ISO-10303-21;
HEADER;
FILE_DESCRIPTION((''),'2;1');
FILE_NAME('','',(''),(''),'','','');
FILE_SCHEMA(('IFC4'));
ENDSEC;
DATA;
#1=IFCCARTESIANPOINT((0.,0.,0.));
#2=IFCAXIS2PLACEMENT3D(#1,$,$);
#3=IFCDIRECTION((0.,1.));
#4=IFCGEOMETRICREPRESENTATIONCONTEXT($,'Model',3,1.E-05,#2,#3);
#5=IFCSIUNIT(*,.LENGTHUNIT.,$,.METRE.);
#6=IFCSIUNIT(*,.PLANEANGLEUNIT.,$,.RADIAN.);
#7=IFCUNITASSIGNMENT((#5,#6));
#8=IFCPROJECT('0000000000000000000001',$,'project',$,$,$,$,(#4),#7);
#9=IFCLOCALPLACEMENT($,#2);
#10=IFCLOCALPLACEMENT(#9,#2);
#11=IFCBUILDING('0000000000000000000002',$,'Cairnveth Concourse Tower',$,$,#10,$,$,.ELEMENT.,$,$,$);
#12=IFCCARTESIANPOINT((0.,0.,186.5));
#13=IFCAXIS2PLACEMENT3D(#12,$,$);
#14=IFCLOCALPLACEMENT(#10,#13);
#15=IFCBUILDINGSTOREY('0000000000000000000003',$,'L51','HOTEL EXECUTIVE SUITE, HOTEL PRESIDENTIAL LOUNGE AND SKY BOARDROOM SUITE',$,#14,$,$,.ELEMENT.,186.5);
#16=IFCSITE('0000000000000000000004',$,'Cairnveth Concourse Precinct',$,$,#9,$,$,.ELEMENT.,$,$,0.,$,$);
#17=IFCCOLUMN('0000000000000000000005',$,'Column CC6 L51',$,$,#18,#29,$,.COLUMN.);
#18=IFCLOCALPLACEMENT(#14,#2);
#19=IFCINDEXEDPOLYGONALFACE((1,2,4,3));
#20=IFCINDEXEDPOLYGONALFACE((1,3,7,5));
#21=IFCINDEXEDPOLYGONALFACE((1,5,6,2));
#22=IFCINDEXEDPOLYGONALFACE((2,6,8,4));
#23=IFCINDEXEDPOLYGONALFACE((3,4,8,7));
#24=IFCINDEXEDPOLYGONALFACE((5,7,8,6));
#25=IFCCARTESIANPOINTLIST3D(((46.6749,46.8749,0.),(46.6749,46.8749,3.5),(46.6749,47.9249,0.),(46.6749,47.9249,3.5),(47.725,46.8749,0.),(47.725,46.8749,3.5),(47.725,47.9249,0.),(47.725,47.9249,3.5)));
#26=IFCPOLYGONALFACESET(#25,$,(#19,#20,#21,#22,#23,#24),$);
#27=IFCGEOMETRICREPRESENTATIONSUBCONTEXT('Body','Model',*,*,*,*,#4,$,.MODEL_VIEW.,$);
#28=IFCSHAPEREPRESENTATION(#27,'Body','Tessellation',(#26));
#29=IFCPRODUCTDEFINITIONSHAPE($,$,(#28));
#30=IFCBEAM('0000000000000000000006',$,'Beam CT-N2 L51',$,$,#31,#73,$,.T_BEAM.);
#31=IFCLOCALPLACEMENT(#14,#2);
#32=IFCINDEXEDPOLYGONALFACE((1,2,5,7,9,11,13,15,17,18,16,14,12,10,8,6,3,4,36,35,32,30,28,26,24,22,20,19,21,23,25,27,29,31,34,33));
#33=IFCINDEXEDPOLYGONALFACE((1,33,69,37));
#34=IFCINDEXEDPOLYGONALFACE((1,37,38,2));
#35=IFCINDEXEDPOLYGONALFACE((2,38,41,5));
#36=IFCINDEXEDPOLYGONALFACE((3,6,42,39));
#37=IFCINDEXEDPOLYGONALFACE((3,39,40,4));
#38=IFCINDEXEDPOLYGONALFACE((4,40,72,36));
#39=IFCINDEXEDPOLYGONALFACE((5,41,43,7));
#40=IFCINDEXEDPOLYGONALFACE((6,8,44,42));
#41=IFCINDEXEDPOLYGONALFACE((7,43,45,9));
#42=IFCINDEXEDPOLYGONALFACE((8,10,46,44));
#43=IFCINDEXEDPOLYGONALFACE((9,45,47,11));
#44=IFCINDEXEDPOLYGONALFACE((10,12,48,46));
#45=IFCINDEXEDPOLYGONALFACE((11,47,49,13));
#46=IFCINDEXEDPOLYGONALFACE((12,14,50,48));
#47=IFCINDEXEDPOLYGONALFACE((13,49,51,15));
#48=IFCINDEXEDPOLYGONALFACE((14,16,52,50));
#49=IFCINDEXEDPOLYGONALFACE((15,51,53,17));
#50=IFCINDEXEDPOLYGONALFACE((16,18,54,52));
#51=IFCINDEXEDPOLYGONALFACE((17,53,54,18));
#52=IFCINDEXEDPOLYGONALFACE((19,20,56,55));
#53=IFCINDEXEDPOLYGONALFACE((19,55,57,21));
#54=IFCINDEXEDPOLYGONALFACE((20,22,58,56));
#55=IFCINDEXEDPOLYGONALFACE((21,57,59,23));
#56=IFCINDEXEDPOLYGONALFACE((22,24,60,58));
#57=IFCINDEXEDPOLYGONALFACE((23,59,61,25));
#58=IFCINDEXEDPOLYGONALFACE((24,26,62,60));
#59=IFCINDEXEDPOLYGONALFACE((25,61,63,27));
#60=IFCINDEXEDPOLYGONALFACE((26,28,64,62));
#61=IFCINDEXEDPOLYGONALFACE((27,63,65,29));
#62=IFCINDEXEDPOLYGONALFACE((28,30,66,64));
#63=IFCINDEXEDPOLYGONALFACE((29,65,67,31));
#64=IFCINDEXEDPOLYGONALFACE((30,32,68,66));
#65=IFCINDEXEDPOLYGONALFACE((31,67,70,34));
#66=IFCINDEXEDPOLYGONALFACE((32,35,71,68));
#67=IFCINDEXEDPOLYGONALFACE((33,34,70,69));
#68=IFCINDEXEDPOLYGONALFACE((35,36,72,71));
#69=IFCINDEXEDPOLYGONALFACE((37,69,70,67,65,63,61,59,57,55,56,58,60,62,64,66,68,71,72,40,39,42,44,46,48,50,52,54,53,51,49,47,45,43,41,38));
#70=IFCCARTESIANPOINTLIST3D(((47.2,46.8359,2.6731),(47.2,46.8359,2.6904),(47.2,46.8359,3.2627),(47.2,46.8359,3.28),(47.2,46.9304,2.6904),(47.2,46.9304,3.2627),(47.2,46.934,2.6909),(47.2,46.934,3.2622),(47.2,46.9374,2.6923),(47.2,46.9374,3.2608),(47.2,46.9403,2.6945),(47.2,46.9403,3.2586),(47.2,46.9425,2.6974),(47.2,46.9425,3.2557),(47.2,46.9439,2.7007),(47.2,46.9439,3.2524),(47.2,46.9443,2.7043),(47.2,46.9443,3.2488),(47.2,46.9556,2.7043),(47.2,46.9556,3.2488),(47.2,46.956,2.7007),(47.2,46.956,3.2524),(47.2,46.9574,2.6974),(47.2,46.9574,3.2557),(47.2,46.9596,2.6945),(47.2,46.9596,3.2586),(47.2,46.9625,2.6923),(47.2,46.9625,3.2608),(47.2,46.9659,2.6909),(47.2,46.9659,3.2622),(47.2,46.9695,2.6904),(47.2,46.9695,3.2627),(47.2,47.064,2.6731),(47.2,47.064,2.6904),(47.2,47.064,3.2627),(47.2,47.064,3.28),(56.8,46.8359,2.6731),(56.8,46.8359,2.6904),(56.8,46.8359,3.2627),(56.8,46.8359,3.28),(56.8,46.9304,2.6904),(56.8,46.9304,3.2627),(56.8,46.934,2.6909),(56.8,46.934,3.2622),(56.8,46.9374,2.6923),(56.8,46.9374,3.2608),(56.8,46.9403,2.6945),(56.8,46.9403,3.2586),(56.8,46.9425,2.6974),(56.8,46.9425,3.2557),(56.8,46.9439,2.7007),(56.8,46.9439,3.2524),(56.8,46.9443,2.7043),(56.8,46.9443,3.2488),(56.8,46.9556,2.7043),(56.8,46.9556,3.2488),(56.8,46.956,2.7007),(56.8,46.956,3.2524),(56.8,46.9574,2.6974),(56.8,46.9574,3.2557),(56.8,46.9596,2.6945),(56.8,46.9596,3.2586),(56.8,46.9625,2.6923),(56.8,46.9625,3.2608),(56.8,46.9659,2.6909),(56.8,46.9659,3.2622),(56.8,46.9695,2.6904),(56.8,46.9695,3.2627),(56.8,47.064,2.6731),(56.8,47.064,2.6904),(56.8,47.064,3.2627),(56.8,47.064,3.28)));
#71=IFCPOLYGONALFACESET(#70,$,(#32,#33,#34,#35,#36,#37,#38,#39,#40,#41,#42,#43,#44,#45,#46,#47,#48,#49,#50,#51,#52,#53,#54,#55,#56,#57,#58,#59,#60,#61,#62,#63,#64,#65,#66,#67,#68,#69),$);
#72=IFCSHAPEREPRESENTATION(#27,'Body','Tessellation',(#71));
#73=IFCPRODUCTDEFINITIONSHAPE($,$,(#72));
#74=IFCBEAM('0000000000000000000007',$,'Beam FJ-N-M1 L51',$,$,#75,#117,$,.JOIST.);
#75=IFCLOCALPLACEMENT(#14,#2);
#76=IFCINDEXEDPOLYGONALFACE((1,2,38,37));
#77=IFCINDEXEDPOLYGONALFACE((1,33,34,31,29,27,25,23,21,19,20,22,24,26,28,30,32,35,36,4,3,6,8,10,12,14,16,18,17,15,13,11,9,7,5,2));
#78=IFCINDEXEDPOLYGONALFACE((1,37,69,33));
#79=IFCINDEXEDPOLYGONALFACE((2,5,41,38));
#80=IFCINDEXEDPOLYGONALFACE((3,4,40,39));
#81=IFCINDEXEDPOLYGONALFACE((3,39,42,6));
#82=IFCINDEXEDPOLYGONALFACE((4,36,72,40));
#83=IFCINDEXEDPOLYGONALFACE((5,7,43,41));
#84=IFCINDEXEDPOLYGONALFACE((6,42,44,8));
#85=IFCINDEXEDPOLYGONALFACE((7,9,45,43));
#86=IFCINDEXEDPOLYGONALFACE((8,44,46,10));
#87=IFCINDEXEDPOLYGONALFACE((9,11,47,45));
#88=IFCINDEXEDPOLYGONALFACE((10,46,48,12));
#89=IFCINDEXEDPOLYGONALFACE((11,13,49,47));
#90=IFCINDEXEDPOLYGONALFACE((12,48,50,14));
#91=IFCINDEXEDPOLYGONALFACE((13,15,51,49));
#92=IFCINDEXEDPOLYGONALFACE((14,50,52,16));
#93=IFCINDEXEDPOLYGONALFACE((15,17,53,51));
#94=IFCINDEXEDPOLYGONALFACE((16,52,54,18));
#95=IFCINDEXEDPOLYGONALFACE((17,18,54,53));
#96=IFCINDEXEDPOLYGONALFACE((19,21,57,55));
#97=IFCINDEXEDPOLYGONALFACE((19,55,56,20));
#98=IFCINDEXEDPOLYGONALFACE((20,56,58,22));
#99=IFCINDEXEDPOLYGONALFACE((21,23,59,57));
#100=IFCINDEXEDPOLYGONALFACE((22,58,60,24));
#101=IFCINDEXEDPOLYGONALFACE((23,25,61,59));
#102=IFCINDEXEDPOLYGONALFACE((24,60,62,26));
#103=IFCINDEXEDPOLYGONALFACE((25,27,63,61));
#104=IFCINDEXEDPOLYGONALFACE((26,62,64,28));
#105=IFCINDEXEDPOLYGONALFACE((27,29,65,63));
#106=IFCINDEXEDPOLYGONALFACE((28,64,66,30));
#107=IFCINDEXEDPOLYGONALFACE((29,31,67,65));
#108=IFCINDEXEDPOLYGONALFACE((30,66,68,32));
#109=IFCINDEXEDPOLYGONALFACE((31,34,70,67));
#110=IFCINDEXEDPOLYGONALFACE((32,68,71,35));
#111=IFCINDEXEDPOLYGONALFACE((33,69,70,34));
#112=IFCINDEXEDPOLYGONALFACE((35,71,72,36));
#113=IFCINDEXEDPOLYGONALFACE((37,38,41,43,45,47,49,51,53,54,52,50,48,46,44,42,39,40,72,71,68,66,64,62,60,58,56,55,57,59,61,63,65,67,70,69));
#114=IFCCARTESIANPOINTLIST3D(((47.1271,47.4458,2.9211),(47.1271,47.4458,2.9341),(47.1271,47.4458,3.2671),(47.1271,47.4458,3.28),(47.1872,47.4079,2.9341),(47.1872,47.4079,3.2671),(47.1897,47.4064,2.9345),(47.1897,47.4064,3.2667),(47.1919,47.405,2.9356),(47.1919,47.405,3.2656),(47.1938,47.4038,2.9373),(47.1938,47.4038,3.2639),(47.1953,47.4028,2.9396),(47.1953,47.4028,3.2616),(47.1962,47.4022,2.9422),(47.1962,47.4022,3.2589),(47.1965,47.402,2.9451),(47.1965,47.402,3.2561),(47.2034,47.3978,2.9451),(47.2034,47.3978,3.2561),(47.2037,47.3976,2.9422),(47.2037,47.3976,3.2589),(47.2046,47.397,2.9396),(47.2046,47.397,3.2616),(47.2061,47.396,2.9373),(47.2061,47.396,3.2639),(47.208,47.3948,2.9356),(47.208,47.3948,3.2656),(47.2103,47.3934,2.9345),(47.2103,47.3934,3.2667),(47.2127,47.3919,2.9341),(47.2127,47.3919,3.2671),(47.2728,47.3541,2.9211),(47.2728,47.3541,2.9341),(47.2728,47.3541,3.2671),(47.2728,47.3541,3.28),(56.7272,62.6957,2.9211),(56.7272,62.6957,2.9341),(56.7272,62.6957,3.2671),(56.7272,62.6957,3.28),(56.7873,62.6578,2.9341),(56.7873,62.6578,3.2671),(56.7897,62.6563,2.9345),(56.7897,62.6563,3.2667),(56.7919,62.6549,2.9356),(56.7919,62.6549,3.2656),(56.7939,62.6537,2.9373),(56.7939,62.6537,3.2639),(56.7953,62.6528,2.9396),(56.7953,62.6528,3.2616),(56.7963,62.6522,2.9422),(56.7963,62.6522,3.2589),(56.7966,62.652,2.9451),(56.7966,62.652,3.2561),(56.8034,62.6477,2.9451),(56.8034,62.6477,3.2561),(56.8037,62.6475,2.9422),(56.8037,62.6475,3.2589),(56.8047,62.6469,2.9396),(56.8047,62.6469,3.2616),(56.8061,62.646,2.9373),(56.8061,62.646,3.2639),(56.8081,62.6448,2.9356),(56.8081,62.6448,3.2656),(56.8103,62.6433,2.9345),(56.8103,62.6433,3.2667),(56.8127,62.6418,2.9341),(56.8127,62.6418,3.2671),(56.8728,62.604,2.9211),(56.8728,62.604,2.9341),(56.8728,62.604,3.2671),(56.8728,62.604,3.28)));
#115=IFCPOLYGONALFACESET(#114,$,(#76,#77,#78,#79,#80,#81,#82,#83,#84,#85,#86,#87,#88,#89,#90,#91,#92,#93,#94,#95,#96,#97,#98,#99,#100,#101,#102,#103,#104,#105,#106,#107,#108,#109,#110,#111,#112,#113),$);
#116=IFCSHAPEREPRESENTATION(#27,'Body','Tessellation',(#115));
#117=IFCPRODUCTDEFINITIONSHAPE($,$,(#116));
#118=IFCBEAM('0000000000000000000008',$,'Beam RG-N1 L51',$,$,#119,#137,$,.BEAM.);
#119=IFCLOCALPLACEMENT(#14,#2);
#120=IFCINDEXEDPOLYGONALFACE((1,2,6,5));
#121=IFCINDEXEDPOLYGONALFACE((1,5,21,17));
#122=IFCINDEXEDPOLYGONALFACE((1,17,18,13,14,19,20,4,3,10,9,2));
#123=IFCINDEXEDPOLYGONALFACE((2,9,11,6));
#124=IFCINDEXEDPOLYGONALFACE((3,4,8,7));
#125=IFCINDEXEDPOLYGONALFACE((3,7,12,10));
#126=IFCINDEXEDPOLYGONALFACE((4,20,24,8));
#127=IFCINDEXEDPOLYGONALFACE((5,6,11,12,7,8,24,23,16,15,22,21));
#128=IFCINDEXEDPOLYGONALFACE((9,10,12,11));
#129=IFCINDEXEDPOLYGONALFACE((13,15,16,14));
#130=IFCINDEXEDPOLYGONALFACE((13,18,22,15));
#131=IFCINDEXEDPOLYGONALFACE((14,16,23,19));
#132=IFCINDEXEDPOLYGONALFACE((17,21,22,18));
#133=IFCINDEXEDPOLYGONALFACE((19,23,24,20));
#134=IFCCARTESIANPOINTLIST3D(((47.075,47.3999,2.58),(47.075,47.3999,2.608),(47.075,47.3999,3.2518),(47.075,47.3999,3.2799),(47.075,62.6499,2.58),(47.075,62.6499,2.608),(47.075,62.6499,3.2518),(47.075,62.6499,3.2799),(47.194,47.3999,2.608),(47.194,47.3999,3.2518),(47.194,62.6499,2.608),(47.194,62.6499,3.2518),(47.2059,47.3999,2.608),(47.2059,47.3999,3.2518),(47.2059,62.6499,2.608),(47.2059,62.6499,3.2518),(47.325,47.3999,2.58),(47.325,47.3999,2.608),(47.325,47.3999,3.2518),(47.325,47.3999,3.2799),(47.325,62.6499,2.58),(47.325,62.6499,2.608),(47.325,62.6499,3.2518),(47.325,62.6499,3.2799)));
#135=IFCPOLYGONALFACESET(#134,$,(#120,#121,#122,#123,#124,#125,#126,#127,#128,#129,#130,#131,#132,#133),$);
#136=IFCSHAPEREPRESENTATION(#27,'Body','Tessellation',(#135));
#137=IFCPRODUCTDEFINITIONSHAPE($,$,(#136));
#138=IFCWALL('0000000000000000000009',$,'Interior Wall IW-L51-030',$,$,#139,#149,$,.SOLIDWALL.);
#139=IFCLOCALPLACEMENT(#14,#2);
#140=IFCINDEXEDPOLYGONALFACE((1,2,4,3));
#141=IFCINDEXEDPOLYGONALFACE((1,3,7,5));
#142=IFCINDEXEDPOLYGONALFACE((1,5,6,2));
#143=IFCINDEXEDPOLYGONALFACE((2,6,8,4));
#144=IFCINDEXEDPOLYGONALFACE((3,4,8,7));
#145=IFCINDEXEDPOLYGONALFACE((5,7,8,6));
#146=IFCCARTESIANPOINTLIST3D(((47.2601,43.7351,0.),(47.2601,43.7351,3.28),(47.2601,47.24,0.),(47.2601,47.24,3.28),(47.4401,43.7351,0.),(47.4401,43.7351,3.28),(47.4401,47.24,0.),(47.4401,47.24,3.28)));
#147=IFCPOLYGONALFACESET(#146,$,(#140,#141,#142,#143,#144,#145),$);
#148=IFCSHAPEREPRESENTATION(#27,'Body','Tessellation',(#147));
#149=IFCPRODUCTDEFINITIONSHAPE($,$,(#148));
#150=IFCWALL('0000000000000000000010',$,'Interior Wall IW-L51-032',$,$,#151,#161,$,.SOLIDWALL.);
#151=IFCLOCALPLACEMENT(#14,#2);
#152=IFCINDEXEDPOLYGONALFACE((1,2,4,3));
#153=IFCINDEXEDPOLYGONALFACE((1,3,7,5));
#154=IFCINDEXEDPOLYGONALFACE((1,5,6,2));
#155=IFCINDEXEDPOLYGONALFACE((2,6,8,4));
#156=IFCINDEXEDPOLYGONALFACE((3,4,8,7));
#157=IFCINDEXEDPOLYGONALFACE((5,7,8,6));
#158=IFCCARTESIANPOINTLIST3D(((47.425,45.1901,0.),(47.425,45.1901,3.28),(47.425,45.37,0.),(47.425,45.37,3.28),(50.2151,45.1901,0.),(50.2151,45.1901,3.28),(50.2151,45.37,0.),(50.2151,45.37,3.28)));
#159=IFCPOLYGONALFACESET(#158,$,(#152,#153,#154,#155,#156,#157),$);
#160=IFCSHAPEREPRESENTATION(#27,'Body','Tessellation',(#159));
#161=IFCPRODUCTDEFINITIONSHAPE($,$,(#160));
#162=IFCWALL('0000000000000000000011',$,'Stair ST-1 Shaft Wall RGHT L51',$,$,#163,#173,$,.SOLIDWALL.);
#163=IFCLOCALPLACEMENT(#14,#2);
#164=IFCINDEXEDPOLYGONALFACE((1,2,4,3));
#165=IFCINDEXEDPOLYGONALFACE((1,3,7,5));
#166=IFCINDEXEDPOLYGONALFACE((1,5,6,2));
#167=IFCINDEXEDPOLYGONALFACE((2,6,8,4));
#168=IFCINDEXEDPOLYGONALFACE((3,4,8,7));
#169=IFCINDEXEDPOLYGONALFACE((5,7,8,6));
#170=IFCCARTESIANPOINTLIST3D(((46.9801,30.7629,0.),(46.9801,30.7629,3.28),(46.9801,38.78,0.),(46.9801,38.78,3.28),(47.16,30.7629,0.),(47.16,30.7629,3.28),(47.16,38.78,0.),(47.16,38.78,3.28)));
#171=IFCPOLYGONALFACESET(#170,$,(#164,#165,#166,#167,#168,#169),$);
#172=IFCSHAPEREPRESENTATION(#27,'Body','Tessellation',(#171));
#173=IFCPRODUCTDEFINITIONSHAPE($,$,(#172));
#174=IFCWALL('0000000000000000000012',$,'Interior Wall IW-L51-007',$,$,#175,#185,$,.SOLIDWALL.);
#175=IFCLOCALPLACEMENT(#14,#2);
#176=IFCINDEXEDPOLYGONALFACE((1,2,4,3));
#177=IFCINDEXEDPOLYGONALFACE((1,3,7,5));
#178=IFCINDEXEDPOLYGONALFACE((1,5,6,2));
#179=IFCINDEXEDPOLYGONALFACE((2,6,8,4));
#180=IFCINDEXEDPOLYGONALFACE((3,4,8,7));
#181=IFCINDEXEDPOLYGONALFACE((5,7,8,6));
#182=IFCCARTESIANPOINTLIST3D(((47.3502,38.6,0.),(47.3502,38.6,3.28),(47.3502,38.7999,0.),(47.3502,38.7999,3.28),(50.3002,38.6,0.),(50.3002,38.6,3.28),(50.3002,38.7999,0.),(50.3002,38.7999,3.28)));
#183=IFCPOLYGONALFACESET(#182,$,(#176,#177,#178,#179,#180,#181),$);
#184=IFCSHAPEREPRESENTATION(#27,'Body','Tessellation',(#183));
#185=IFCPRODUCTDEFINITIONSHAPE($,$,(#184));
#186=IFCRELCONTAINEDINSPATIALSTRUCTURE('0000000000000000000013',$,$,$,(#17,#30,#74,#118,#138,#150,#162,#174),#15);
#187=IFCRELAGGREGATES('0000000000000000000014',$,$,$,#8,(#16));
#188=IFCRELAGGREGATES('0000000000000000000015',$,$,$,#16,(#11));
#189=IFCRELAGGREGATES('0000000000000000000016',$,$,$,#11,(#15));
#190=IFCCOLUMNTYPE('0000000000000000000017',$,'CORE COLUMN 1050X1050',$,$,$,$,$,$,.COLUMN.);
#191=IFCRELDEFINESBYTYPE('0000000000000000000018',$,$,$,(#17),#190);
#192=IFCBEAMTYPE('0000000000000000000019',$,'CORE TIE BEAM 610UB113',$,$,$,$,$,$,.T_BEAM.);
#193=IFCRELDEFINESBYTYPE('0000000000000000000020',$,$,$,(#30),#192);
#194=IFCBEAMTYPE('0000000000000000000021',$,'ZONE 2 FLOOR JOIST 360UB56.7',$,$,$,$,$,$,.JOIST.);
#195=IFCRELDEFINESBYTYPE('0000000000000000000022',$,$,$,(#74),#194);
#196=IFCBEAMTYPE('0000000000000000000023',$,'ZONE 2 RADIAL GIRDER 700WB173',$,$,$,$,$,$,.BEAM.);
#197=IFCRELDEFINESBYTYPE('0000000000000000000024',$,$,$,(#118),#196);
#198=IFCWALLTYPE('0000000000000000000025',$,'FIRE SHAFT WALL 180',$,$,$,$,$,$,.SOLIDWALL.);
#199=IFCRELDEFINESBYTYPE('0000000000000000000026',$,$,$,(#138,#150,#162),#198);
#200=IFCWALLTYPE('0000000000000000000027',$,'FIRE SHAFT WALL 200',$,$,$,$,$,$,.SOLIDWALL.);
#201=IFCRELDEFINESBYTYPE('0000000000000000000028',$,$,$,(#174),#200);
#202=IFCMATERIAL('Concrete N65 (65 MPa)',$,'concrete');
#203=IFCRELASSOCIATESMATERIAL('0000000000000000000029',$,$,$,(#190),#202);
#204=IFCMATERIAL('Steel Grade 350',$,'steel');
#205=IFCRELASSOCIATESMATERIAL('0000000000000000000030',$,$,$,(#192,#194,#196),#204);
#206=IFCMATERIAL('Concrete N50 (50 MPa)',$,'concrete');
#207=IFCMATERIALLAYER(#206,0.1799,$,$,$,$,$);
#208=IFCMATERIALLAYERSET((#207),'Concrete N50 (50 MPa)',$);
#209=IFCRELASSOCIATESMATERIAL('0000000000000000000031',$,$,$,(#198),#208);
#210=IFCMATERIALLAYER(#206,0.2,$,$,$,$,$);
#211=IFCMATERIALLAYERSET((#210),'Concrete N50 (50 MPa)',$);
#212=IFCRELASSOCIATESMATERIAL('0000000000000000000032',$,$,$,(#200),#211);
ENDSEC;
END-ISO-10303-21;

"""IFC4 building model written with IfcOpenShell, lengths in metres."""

from ifc_helpers import new_model, si_unit, direction, frame, frame_2d, origin, origin_2d, place, context, subcontext, project, spatial, rectangle, i_section, extrude, material, layer, layer_set, material_profile, profile_set, type_object, element, save


model = new_model("IFC4")

# Units and contexts
model_context = context("Model", 3, precision=1e-05, world=origin(), true_north=direction((0.0, 1.0)))
body_context = subcontext(model_context, "Body", "Model", "MODEL_VIEW")
ifc_project = project(units=[si_unit("LENGTHUNIT", "METRE"), si_unit("PLANEANGLEUNIT", "RADIAN")], contexts=[model_context])

# Site, building, storey
site_placement = place(None, origin())
site = spatial("IfcSite", under=ifc_project, at=site_placement, Name="Cairnveth Concourse Precinct", CompositionType="ELEMENT", RefElevation=0.0)
building_placement = place(site_placement, origin())
building = spatial("IfcBuilding", under=site, at=building_placement, Name="Cairnveth Concourse Tower", CompositionType="ELEMENT")
storey_placement = place(building_placement, frame((0.0, 0.0, 186.5)))
storey = spatial("IfcBuildingStorey", under=building, at=storey_placement, Name="L51", Description="HOTEL EXECUTIVE SUITE, HOTEL PRESIDENTIAL LOUNGE AND SKY BOARDROOM SUITE", CompositionType="ELEMENT", Elevation=186.5)

# Column
ifc_material_1 = material(Name="Concrete N65 (65 MPa)", Category="concrete")
ifc_material_profile_1 = material_profile(ifc_material_1, rectangle(XDim=1.05, YDim=1.05, at=origin_2d()), Name="RC-COL-1050x1050")
ifc_profile_set_1 = profile_set([ifc_material_profile_1], Name="Concrete N65 (65 MPa)")
column_type = type_object("IfcColumnType", Name="CORE COLUMN 1050X1050", PredefinedType="COLUMN", material=ifc_profile_set_1)
column_placement = place(storey_placement, frame((47.2, 47.3999, 0.0), z_axis=(0.0, 0.0, 1.0), x_axis=(1.0, 0.0, 0.0)))
element("IfcColumn", 1, at=column_placement, inside=storey, type_object=column_type, Name="Column CC6 L51", PredefinedType="COLUMN", context=body_context, shape_type="SweptSolid", body=[
    extrude(rectangle(XDim=1.05, YDim=1.05, at=origin_2d()), origin(), (0.0, 0.0, 1.0), 3.5),
])

# Beams
ifc_material_2 = material(Name="Steel Grade 350", Category="steel")
ifc_material_profile_2 = material_profile(ifc_material_2, i_section(OverallWidth=0.228, OverallDepth=0.6069, WebThickness=0.0112, FlangeThickness=0.0173, FilletRadius=0.0139, at=origin_2d()), Name="610UB113")
ifc_profile_set_2 = profile_set([ifc_material_profile_2], Name="Steel Grade 350")
beam_type_1 = type_object("IfcBeamType", Name="CORE TIE BEAM 610UB113", PredefinedType="T_BEAM", material=ifc_profile_set_2)
beam_1_placement = place(storey_placement, frame((47.2, 46.95, 2.9766), z_axis=(1.0, 0.0, 0.0), x_axis=(0.0, 1.0, 0.0)))
element("IfcBeam", 2, at=beam_1_placement, inside=storey, type_object=beam_type_1, Name="Beam CT-N2 L51", PredefinedType="T_BEAM", context=body_context, shape_type="SweptSolid", body=[
    extrude(i_section(OverallWidth=0.228, OverallDepth=0.6069, WebThickness=0.0112, FlangeThickness=0.0173, FilletRadius=0.0139, at=origin_2d()), origin(), (0.0, 0.0, 1.0), 9.6001),
])
ifc_material_profile_3 = material_profile(ifc_material_2, i_section(OverallWidth=0.1721, OverallDepth=0.3589, WebThickness=0.0081, FlangeThickness=0.0129, FilletRadius=0.011, at=origin_2d()), Name="360UB56.7")
ifc_profile_set_3 = profile_set([ifc_material_profile_3], Name="Steel Grade 350")
beam_type_2 = type_object("IfcBeamType", Name="ZONE 2 FLOOR JOIST 360UB56.7", PredefinedType="JOIST", material=ifc_profile_set_3)
beam_2_placement = place(storey_placement, frame((47.2, 47.3999, 3.1006), z_axis=(0.532744, 0.846277, 0.0), x_axis=(-0.846277, 0.532744, 0.0)))
element("IfcBeam", 3, at=beam_2_placement, inside=storey, type_object=beam_type_2, Name="Beam FJ-N-M1 L51", PredefinedType="JOIST", context=body_context, shape_type="SweptSolid", body=[
    extrude(i_section(OverallWidth=0.1721, OverallDepth=0.3589, WebThickness=0.0081, FlangeThickness=0.0129, FilletRadius=0.011, at=origin_2d()), origin(), (0.0, 0.0, 1.0), 18.02),
])
ifc_material_profile_4 = material_profile(ifc_material_2, i_section(OverallWidth=0.25, OverallDepth=0.7, WebThickness=0.012, FlangeThickness=0.0281, at=origin_2d()), Name="700WB173")
ifc_profile_set_4 = profile_set([ifc_material_profile_4], Name="Steel Grade 350")
beam_type_3 = type_object("IfcBeamType", Name="ZONE 2 RADIAL GIRDER 700WB173", PredefinedType="BEAM", material=ifc_profile_set_4)
beam_3_placement = place(storey_placement, frame((47.2, 47.3999, 2.9299), z_axis=(0.0, 1.0, 0.0), x_axis=(-1.0, 0.0, 0.0)))
element("IfcBeam", 4, at=beam_3_placement, inside=storey, type_object=beam_type_3, Name="Beam RG-N1 L51", PredefinedType="BEAM", context=body_context, shape_type="SweptSolid", body=[
    extrude(i_section(OverallWidth=0.25, OverallDepth=0.7, WebThickness=0.012, FlangeThickness=0.0281, at=origin_2d()), origin(), (0.0, 0.0, 1.0), 15.25),
])

# Walls
ifc_material_3 = material(Name="Concrete N50 (50 MPa)", Category="concrete")
ifc_layer_1 = layer(ifc_material_3, 0.1799)
ifc_layer_set_1 = layer_set([ifc_layer_1], Name="Concrete N50 (50 MPa)")
wall_type_1 = type_object("IfcWallType", Name="FIRE SHAFT WALL 180", PredefinedType="SOLIDWALL", material=ifc_layer_set_1)
wall_1_placement = place(storey_placement, frame((47.3501, 43.7351, 0.0), z_axis=(0.0, 0.0, 1.0), x_axis=(0.0, 1.0, 0.0)))
element("IfcWall", 5, at=wall_1_placement, inside=storey, type_object=wall_type_1, Name="Interior Wall IW-L51-030", PredefinedType="SOLIDWALL", context=body_context, shape_type="SweptSolid", body=[
    extrude(rectangle(XDim=3.5049, YDim=0.1799, at=frame_2d((1.7524, 0.0))), origin(), (0.0, 0.0, 1.0), 3.28),
])
wall_2_placement = place(storey_placement, frame((47.425, 45.28, 0.0), z_axis=(0.0, 0.0, 1.0), x_axis=(1.0, 0.0, 0.0)))
element("IfcWall", 6, at=wall_2_placement, inside=storey, type_object=wall_type_1, Name="Interior Wall IW-L51-032", PredefinedType="SOLIDWALL", context=body_context, shape_type="SweptSolid", body=[
    extrude(rectangle(XDim=2.79, YDim=0.1799, at=frame_2d((1.395, 0.0))), origin(), (0.0, 0.0, 1.0), 3.28),
])
wall_3_placement = place(storey_placement, frame((47.0701, 38.78, 0.0), z_axis=(0.0, 0.0, 1.0), x_axis=(0.0, -1.0, 0.0)))
element("IfcWall", 7, at=wall_3_placement, inside=storey, type_object=wall_type_1, Name="Stair ST-1 Shaft Wall RGHT L51", PredefinedType="SOLIDWALL", context=body_context, shape_type="SweptSolid", body=[
    extrude(rectangle(XDim=8.0171, YDim=0.1799, at=frame_2d((4.0085, 0.0))), origin(), (0.0, 0.0, 1.0), 3.28),
])
ifc_layer_2 = layer(ifc_material_3, 0.2)
ifc_layer_set_2 = layer_set([ifc_layer_2], Name="Concrete N50 (50 MPa)")
wall_type_2 = type_object("IfcWallType", Name="FIRE SHAFT WALL 200", PredefinedType="SOLIDWALL", material=ifc_layer_set_2)
for number, where, z_axis, x_axis, name in (
    (8, (47.3501, 38.7, 0.0), (0.0, 0.0, 1.0), (1.0, 0.0, 0.0), "Interior Wall IW-L51-007"),
):
    element("IfcWall", number, at=place(storey_placement, frame(where, z_axis=z_axis, x_axis=x_axis)), inside=storey, type_object=wall_type_2, Name=name, PredefinedType="SOLIDWALL", context=body_context, shape_type="SweptSolid", body=[
        extrude(rectangle(XDim=2.95, YDim=0.2, at=frame_2d((1.4751, 0.0))), origin(), (0.0, 0.0, 1.0), 3.28),
    ])

save(model, "model.ifc")
